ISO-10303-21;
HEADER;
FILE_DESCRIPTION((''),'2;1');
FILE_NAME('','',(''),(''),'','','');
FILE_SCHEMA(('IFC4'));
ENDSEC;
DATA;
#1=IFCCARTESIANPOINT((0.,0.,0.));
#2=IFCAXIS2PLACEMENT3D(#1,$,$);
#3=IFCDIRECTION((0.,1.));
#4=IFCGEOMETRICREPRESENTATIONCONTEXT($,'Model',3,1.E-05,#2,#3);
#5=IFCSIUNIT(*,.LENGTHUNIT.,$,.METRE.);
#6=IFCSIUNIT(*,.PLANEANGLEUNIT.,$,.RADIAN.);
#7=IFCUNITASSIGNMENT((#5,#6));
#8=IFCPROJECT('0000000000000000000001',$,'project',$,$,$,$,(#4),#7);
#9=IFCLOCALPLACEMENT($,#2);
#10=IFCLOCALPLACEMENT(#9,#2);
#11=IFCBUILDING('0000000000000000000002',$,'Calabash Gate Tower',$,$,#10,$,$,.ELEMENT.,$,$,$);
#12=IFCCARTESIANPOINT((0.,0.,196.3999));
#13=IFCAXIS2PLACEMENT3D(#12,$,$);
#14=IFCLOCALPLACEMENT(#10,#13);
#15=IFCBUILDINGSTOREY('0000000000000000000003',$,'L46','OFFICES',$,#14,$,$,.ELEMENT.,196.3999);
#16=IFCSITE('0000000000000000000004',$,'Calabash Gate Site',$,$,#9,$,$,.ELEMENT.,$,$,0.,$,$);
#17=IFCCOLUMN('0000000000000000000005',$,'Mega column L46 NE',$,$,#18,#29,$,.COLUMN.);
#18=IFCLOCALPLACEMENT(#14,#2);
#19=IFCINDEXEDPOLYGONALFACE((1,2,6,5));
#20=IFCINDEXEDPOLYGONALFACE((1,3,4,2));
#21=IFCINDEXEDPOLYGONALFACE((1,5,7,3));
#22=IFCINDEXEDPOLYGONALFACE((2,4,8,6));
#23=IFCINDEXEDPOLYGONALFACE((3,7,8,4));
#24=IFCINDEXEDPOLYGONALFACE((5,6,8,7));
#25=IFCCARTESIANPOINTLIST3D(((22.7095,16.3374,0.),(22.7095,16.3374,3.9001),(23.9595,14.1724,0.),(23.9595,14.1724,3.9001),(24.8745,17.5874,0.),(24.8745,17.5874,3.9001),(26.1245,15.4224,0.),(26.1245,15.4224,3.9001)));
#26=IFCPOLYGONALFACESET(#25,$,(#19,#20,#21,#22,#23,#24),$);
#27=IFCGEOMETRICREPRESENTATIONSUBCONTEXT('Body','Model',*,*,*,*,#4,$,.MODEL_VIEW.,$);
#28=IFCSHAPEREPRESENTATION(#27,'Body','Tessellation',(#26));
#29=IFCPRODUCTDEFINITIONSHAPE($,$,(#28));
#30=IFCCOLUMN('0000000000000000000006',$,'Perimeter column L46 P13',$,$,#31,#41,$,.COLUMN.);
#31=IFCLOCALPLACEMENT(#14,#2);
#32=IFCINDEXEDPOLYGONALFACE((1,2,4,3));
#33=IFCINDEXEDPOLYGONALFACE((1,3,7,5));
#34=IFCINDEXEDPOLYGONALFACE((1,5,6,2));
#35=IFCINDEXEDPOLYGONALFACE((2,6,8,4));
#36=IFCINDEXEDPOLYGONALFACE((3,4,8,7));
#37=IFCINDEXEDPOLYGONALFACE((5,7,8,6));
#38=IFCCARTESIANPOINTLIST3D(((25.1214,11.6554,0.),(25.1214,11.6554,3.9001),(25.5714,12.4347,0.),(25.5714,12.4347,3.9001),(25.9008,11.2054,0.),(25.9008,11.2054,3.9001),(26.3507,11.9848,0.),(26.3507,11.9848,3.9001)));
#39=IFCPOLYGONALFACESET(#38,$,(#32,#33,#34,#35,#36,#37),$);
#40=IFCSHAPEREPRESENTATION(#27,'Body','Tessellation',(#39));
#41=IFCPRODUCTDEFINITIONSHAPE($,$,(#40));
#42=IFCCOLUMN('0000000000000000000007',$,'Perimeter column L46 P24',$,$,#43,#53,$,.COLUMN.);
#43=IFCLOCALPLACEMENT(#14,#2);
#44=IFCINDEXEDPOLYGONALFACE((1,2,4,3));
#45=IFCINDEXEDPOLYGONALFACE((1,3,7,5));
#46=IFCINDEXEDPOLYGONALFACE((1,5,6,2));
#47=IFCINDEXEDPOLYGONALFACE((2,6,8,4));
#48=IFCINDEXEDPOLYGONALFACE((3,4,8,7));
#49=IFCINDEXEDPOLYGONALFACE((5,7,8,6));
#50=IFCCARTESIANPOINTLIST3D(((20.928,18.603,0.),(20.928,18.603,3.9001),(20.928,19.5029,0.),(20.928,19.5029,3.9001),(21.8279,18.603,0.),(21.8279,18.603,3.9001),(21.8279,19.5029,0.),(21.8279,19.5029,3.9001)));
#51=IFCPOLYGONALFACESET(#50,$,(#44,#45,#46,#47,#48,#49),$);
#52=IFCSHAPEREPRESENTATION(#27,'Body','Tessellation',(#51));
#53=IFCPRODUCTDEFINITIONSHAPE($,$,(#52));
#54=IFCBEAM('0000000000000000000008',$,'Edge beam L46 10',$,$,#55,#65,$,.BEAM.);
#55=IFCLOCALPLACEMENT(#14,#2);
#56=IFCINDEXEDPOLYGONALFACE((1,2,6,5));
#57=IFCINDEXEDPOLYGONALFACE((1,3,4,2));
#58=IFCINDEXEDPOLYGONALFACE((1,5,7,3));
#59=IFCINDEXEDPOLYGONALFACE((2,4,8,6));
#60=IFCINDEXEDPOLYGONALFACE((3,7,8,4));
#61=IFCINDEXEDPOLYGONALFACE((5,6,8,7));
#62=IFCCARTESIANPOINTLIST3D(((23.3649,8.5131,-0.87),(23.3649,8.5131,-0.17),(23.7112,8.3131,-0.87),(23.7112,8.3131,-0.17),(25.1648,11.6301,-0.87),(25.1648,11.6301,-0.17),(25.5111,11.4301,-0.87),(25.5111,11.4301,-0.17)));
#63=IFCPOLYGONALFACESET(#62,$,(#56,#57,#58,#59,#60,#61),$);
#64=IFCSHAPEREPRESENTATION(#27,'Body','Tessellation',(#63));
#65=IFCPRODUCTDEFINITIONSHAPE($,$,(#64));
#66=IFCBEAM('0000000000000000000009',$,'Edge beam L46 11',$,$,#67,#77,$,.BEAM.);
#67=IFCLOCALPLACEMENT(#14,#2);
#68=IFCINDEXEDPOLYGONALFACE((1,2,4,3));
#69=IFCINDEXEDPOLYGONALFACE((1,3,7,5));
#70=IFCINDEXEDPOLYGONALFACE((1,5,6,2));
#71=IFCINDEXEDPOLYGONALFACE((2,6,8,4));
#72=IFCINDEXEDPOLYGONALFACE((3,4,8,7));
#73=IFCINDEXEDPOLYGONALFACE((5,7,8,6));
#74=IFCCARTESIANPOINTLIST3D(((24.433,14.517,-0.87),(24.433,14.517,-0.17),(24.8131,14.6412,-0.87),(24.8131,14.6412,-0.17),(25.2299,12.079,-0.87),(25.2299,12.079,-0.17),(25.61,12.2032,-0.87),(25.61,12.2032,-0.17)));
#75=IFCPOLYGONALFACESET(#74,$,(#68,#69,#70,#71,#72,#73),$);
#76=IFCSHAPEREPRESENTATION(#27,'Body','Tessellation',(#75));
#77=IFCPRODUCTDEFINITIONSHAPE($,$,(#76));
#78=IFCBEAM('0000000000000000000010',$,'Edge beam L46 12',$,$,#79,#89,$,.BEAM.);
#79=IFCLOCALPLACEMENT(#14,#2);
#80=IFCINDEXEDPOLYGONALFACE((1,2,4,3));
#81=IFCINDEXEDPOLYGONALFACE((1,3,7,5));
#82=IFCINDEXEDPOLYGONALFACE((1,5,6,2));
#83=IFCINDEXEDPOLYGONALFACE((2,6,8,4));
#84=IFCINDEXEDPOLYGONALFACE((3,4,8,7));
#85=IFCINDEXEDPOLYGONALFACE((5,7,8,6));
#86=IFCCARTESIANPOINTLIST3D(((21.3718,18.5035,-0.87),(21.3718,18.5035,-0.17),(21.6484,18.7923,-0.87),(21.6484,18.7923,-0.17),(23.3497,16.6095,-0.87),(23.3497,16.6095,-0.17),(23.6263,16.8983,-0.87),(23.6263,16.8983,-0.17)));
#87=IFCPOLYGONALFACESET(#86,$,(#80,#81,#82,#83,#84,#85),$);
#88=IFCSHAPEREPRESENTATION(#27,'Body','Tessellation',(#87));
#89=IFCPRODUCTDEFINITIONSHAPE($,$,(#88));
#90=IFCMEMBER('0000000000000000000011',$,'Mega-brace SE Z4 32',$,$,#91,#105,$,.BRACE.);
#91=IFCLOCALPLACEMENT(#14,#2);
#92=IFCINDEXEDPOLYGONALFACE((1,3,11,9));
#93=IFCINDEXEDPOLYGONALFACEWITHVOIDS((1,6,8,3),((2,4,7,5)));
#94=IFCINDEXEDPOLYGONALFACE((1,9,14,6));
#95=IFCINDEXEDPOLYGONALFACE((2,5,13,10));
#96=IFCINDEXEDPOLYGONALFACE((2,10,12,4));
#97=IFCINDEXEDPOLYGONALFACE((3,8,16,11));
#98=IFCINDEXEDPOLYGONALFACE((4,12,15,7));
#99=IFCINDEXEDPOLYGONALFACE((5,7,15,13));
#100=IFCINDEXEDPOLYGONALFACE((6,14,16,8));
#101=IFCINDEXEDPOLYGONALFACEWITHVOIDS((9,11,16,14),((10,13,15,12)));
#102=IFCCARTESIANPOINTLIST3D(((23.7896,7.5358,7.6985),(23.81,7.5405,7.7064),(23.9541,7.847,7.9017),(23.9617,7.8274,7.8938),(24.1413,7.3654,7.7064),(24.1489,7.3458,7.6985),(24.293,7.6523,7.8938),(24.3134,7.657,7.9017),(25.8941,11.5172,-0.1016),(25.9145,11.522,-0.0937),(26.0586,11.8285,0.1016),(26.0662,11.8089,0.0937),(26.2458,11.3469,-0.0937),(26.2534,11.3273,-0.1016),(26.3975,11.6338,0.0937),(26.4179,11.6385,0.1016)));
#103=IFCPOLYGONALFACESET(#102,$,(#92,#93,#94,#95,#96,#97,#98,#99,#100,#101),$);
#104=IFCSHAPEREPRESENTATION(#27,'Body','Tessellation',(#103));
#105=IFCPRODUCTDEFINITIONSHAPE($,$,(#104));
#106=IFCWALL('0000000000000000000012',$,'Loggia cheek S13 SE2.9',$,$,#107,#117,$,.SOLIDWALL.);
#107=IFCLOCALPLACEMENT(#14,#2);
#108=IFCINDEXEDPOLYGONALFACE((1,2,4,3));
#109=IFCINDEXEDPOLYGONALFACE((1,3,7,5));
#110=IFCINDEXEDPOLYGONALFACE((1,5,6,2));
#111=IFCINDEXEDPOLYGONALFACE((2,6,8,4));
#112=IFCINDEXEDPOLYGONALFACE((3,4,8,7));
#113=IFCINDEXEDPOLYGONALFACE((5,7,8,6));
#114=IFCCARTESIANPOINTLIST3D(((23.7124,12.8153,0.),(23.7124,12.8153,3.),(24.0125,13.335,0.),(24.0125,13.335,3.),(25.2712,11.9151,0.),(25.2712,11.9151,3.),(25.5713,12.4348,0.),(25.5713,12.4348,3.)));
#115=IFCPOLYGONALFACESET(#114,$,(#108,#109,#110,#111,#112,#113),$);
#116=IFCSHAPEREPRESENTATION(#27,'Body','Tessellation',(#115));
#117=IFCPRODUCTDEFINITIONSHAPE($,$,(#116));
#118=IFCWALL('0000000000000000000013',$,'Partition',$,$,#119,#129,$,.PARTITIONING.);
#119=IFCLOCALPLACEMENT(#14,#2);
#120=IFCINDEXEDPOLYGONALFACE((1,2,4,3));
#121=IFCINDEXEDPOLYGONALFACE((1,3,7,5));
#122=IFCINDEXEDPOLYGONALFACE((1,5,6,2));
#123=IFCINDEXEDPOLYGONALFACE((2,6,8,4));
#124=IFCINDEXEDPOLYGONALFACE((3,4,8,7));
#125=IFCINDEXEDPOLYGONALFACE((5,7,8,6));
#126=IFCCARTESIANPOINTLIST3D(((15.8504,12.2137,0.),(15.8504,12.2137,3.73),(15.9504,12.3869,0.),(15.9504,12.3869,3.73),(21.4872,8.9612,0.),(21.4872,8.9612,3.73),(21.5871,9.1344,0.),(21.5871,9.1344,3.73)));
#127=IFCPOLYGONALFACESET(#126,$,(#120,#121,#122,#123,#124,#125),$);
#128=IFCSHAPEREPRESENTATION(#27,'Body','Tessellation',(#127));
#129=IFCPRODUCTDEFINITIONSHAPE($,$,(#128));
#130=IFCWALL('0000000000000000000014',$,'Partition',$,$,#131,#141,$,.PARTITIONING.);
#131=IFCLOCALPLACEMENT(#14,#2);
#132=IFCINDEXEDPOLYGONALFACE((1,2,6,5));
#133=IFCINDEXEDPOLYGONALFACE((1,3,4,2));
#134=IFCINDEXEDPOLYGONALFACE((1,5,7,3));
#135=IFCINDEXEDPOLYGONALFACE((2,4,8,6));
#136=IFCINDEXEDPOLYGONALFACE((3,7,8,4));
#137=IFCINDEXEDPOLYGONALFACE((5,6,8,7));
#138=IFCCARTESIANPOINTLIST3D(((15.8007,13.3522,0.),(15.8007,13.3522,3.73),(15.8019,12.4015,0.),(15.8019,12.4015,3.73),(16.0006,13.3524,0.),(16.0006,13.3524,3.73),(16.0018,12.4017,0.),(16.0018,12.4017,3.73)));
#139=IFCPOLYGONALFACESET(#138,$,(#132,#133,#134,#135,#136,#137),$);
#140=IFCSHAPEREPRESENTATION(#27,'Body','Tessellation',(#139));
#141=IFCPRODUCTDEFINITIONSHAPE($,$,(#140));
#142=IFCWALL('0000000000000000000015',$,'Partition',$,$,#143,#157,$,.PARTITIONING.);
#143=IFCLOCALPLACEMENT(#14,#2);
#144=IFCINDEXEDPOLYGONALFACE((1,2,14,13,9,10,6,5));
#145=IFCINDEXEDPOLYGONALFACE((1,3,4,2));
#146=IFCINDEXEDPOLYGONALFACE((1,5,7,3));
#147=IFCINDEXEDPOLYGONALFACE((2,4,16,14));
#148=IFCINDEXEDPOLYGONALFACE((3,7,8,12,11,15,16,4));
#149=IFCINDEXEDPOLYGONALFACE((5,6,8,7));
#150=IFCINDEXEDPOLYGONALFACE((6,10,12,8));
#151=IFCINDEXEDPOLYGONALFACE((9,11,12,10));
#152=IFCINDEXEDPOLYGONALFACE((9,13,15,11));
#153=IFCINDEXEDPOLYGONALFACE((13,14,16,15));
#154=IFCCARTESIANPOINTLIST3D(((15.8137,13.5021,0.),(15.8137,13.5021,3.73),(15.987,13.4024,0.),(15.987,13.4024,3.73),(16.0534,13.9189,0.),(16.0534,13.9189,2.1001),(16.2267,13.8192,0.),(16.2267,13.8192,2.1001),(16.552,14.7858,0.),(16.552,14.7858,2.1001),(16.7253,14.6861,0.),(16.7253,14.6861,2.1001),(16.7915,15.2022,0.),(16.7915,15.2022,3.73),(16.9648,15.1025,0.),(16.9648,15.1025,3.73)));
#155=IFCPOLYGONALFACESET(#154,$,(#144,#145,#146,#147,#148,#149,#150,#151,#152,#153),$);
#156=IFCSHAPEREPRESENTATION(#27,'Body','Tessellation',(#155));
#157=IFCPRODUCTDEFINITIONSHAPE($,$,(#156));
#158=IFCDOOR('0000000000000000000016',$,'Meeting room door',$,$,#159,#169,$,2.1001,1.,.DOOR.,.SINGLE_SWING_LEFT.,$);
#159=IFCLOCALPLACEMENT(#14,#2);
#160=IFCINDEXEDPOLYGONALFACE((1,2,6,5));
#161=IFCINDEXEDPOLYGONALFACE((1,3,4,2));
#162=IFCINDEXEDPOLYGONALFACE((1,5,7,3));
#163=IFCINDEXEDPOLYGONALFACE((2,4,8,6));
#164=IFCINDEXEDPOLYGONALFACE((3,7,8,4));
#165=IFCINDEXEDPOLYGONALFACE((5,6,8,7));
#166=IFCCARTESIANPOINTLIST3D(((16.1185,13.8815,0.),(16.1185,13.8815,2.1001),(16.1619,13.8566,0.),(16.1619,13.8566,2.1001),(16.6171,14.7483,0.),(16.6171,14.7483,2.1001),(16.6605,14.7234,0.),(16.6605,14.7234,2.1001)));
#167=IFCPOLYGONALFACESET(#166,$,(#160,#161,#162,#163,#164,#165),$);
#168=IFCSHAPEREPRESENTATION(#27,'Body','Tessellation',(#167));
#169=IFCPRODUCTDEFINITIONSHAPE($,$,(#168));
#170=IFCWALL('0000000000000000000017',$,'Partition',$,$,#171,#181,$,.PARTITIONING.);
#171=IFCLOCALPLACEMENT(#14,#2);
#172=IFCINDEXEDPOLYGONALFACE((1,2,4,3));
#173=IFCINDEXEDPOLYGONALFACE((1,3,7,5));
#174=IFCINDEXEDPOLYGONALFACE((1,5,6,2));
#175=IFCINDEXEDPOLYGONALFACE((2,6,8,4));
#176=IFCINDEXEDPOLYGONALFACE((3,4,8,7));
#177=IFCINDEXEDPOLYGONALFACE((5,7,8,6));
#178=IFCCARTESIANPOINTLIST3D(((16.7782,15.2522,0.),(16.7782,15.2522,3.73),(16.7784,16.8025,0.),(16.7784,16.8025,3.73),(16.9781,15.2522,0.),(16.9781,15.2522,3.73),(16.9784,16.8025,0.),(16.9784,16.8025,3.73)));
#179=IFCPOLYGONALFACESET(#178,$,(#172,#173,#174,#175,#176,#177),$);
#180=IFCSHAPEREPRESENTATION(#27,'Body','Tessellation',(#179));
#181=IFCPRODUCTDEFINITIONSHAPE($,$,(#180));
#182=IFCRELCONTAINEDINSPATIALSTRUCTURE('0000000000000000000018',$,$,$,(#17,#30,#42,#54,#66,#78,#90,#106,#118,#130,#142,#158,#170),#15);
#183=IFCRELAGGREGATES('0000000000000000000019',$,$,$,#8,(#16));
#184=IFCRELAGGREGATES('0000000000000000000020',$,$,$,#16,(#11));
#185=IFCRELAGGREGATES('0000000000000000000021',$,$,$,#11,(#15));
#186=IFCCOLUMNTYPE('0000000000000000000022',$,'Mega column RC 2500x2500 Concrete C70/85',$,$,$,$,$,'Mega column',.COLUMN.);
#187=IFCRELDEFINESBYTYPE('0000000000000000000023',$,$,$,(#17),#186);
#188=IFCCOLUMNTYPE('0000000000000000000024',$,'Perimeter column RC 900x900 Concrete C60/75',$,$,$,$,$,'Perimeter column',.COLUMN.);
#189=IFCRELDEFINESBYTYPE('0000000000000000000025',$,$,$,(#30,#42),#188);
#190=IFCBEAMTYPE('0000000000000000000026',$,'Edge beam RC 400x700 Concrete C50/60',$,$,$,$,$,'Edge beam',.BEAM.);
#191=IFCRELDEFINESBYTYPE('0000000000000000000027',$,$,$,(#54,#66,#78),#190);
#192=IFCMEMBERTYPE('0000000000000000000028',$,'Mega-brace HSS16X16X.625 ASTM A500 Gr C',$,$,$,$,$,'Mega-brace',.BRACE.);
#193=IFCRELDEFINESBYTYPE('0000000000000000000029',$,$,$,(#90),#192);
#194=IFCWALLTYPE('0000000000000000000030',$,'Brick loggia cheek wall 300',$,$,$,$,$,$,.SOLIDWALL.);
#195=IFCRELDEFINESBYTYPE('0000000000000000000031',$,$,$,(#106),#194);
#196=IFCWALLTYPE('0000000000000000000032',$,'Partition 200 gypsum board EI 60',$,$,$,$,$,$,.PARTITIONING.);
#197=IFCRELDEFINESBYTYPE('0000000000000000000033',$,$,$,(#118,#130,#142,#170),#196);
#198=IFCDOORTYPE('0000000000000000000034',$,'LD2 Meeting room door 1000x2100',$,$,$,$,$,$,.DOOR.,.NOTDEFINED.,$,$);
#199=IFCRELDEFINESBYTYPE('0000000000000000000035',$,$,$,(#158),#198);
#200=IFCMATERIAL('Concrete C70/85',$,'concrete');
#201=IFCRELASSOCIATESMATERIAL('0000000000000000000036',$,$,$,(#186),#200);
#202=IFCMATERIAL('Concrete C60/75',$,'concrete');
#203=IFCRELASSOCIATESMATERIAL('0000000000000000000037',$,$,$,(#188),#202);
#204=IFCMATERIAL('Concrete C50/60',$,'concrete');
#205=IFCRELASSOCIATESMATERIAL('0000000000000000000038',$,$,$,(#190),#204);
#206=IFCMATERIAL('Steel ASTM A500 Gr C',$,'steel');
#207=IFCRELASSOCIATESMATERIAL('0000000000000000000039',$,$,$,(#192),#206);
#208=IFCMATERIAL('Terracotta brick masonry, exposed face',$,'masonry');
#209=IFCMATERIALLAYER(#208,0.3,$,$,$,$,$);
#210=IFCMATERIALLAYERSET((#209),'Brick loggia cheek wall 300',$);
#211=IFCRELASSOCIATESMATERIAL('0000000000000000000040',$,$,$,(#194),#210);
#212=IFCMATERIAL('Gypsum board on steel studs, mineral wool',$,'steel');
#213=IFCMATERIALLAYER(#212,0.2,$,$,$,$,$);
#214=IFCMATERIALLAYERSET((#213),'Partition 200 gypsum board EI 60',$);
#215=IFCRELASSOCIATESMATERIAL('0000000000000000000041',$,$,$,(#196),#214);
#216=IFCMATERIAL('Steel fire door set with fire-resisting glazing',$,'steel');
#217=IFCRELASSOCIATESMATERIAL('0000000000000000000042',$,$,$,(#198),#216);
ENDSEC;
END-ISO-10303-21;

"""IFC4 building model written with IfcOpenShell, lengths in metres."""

from ifc_helpers import new_model, si_unit, direction, frame, frame_2d, origin, origin_2d, place, context, subcontext, project, spatial, rectangle, hollow_rectangle, extrude, material, layer, layer_set, material_profile, profile_set, type_object, element, fill, save


model = new_model("IFC4")

# Units and contexts
model_context = context("Model", 3, precision=1e-05, world=origin(), true_north=direction((0.0, 1.0)))
body_context = subcontext(model_context, "Body", "Model", "MODEL_VIEW")
ifc_project = project(units=[si_unit("LENGTHUNIT", "METRE"), si_unit("PLANEANGLEUNIT", "RADIAN")], contexts=[model_context])

# Site, building, storey
site_placement = place(None, origin())
site = spatial("IfcSite", under=ifc_project, at=site_placement, Name="Calabash Gate Site", CompositionType="ELEMENT", RefElevation=0.0)
building_placement = place(site_placement, origin())
building = spatial("IfcBuilding", under=site, at=building_placement, Name="Calabash Gate Tower", CompositionType="ELEMENT")
storey_placement = place(building_placement, frame((0.0, 0.0, 196.3999)))
storey = spatial("IfcBuildingStorey", under=building, at=storey_placement, Name="L46", Description="OFFICES", CompositionType="ELEMENT", Elevation=196.3999)

# Columns
ifc_material_1 = material(Name="Concrete C70/85", Category="concrete")
ifc_material_profile_1 = material_profile(ifc_material_1, rectangle(XDim=2.5, YDim=2.5, at=origin_2d()))
ifc_profile_set_1 = profile_set([ifc_material_profile_1], Name="Concrete C70/85")
column_type_1 = type_object("IfcColumnType", Name="Mega column RC 2500x2500 Concrete C70/85", ElementType="Mega column", PredefinedType="COLUMN", material=ifc_profile_set_1)
column_placement = place(storey_placement, frame((24.417, 15.8799, 0.0), z_axis=(0.0, 0.0, 1.0), x_axis=(-0.866025, -0.5, 0.0)))
element("IfcColumn", 1, at=column_placement, inside=storey, type_object=column_type_1, Name="Mega column L46 NE", PredefinedType="COLUMN", context=body_context, shape_type="SweptSolid", body=[
    extrude(rectangle(XDim=2.5, YDim=2.5, at=origin_2d()), origin(), (0.0, 0.0, 1.0), 3.9001),
])
ifc_material_2 = material(Name="Concrete C60/75", Category="concrete")
ifc_material_profile_2 = material_profile(ifc_material_2, rectangle(XDim=0.8999, YDim=0.8999, at=origin_2d()))
ifc_profile_set_2 = profile_set([ifc_material_profile_2], Name="Concrete C60/75")
column_type_2 = type_object("IfcColumnType", Name="Perimeter column RC 900x900 Concrete C60/75", ElementType="Perimeter column", PredefinedType="COLUMN", material=ifc_profile_set_2)
for number, where, z_axis, x_axis, name in (
    (2, (25.7361, 11.8201, 0.0), (0.0, 0.0, 1.0), (0.5, 0.866025, 0.0), "Perimeter column L46 P13"),
    (3, (21.3779, 19.053, 0.0), (0.0, 0.0, 1.0), (-1.0, 0.0, 0.0), "Perimeter column L46 P24"),
):
    element("IfcColumn", number, at=place(storey_placement, frame(where, z_axis=z_axis, x_axis=x_axis)), inside=storey, type_object=column_type_2, Name=name, PredefinedType="COLUMN", context=body_context, shape_type="SweptSolid", body=[
        extrude(rectangle(XDim=0.8999, YDim=0.8999, at=origin_2d()), origin(), (0.0, 0.0, 1.0), 3.9001),
    ])

# Beams
ifc_material_3 = material(Name="Concrete C50/60", Category="concrete")
ifc_material_profile_3 = material_profile(ifc_material_3, rectangle(XDim=0.3999, YDim=0.7, at=origin_2d()))
ifc_profile_set_3 = profile_set([ifc_material_profile_3], Name="Concrete C50/60")
beam_type = type_object("IfcBeamType", Name="Edge beam RC 400x700 Concrete C50/60", ElementType="Edge beam", PredefinedType="BEAM", material=ifc_profile_set_3)
beam_1_placement = place(storey_placement, frame((23.5381, 8.4131, -0.52), z_axis=(0.500049, 0.865997, 0.0), x_axis=(-0.865997, 0.500049, 0.0)))
element("IfcBeam", 4, at=beam_1_placement, inside=storey, type_object=beam_type, Name="Edge beam L46 10", PredefinedType="BEAM", context=body_context, shape_type="SweptSolid", body=[
    extrude(rectangle(XDim=0.3999, YDim=0.7, at=origin_2d()), origin(), (0.0, 0.0, 1.0), 3.5994),
])
beam_2_placement = place(storey_placement, frame((25.4199, 12.1411, -0.52), z_axis=(-0.310683, 0.950514, 0.0), x_axis=(-0.950514, -0.310683, 0.0)))
element("IfcBeam", 5, at=beam_2_placement, inside=storey, type_object=beam_type, Name="Edge beam L46 11", PredefinedType="BEAM", context=body_context, shape_type="SweptSolid", body=[
    extrude(rectangle(XDim=0.3999, YDim=0.7, at=origin_2d()), origin(), (0.0, 0.0, 1.0), 2.5649),
])
beam_3_placement = place(storey_placement, frame((23.488, 16.7539, -0.52), z_axis=(-0.722274, 0.691607, 0.0), x_axis=(-0.691607, -0.722274, 0.0)))
element("IfcBeam", 6, at=beam_3_placement, inside=storey, type_object=beam_type, Name="Edge beam L46 12", PredefinedType="BEAM", context=body_context, shape_type="SweptSolid", body=[
    extrude(rectangle(XDim=0.3999, YDim=0.7, at=origin_2d()), origin(), (0.0, 0.0, 1.0), 2.7385),
])

# Member
ifc_material_4 = material(Name="Steel ASTM A500 Gr C", Category="steel")
ifc_material_profile_4 = material_profile(ifc_material_4, hollow_rectangle(XDim=0.4065, YDim=0.4065, WallThickness=0.0159, at=origin_2d()))
ifc_profile_set_4 = profile_set([ifc_material_profile_4], Name="Steel ASTM A500 Gr C")
member_type = type_object("IfcMemberType", Name="Mega-brace HSS16X16X.625 ASTM A500 Gr C", ElementType="Mega-brace", PredefinedType="BRACE", material=ifc_profile_set_4)
member_placement = place(storey_placement, frame((26.156, 11.5779, 0.0), z_axis=(-0.233657, -0.442051, 0.866023), x_axis=(0.884094, -0.46731, 0.0)))
element("IfcMember", 7, at=member_placement, inside=storey, type_object=member_type, Name="Mega-brace SE Z4 32", PredefinedType="BRACE", context=body_context, shape_type="SweptSolid", body=[
    extrude(hollow_rectangle(XDim=0.4065, YDim=0.4065, WallThickness=0.0159, at=origin_2d()), origin(), (0.0, 0.0, 1.0), 9.0068),
])

# Walls
ifc_material_5 = material(Name="Terracotta brick masonry, exposed face", Category="masonry")
ifc_layer_1 = layer(ifc_material_5, 0.3)
ifc_layer_set_1 = layer_set([ifc_layer_1], Name="Brick loggia cheek wall 300")
wall_type_1 = type_object("IfcWallType", Name="Brick loggia cheek wall 300", PredefinedType="SOLIDWALL", material=ifc_layer_set_1)
wall_1_placement = place(storey_placement, frame((25.4211, 12.175, 0.0), z_axis=(0.0, 0.0, 1.0), x_axis=(-0.865989, 0.500063, 0.0)))
element("IfcWall", 8, at=wall_1_placement, inside=storey, type_object=wall_type_1, Name="Loggia cheek S13 SE2.9", PredefinedType="SOLIDWALL", context=body_context, shape_type="SweptSolid", body=[
    extrude(rectangle(XDim=1.8, YDim=0.6001, at=frame_2d((0.8999, 0.0))), origin(), (0.0, 0.0, 1.0), 3.0),
])
ifc_material_6 = material(Name="Gypsum board on steel studs, mineral wool", Category="steel")
ifc_layer_2 = layer(ifc_material_6, 0.2)
ifc_layer_set_2 = layer_set([ifc_layer_2], Name="Partition 200 gypsum board EI 60")
wall_type_2 = type_object("IfcWallType", Name="Partition 200 gypsum board EI 60", PredefinedType="PARTITIONING", material=ifc_layer_set_2)
wall_2_placement = place(storey_placement, frame((15.9004, 12.3003, 0.0), z_axis=(0.0, 0.0, 1.0), x_axis=(0.866153, -0.499779, 0.0)))
element("IfcWall", 9, at=wall_2_placement, inside=storey, type_object=wall_type_2, Name="Partition", PredefinedType="PARTITIONING", context=body_context, shape_type="SweptSolid", body=[
    extrude(rectangle(XDim=6.5078, YDim=0.2, at=frame_2d((3.2539, 0.0))), origin(), (0.0, 0.0, 1.0), 3.73),
])
wall_3_placement = place(storey_placement, frame((15.9006, 13.3523, 0.0), z_axis=(0.0, 0.0, 1.0), x_axis=(0.001284, -0.999999, 0.0)))
element("IfcWall", 10, at=wall_3_placement, inside=storey, type_object=wall_type_2, Name="Partition", PredefinedType="PARTITIONING", context=body_context, shape_type="SweptSolid", body=[
    extrude(rectangle(XDim=0.9507, YDim=0.2, at=frame_2d((0.4753, 0.0))), origin(), (0.0, 0.0, 1.0), 3.73),
])

# Wall, opening, door
wall_4_placement = place(storey_placement, frame((15.9004, 13.4524, 0.0), z_axis=(0.0, 0.0, 1.0), x_axis=(0.49859, 0.866838, 0.0)))
wall_4 = element("IfcWall", 11, at=wall_4_placement, inside=storey, type_object=wall_type_2, Name="Partition", PredefinedType="PARTITIONING", context=body_context, shape_type="SweptSolid", body=[
    extrude(rectangle(XDim=1.9612, YDim=0.2, at=frame_2d((0.9805, 0.0))), origin(), (0.0, 0.0, 1.0), 3.73),
])
opening_1_placement = place(wall_4_placement, frame((0.4807, 0.0, 0.0)))
opening_1 = element("IfcOpeningElement", 12, at=opening_1_placement, cuts=wall_4, PredefinedType="OPENING", context=body_context, shape_type="SweptSolid", body=[
    extrude(rectangle(XDim=1.0, YDim=2.1001, at=frame_2d((0.5, 1.05))), frame((0.0, 0.1099, 0.0), z_axis=(0.0, -1.0, 0.0), x_axis=(1.0, 0.0, 0.0)), (0.0, 0.0, 1.0), 0.22),
])
ifc_material_7 = material(Name="Steel fire door set with fire-resisting glazing", Category="steel")
door_type_1 = type_object("IfcDoorType", Name="LD2 Meeting room door 1000x2100", OperationType="NOTDEFINED", PredefinedType="DOOR", material=ifc_material_7)
door_1_placement = place(opening_1_placement, origin())
door_1 = element("IfcDoor", 13, at=door_1_placement, inside=storey, type_object=door_type_1, Name="Meeting room door", OperationType="SINGLE_SWING_LEFT", OverallHeight=2.1001, OverallWidth=1.0, PredefinedType="DOOR", context=body_context, shape_type="SweptSolid", body=[
    extrude(rectangle(XDim=1.0, YDim=2.1001, at=frame_2d((0.5, 1.05))), frame((0.0, 0.0249, 0.0), z_axis=(0.0, -1.0, 0.0), x_axis=(1.0, 0.0, 0.0)), (0.0, 0.0, 1.0), 0.05),
])
fill(opening_1, door_1)

# Wall
wall_5_placement = place(storey_placement, frame((16.8782, 15.2522, 0.0), z_axis=(0.0, 0.0, 1.0), x_axis=(0.000157, 1.0, 0.0)))
element("IfcWall", 14, at=wall_5_placement, inside=storey, type_object=wall_type_2, Name="Partition", PredefinedType="PARTITIONING", context=body_context, shape_type="SweptSolid", body=[
    extrude(rectangle(XDim=1.5503, YDim=0.2, at=frame_2d((0.7751, 0.0))), origin(), (0.0, 0.0, 1.0), 3.73),
])

save(model, "model.ifc")
